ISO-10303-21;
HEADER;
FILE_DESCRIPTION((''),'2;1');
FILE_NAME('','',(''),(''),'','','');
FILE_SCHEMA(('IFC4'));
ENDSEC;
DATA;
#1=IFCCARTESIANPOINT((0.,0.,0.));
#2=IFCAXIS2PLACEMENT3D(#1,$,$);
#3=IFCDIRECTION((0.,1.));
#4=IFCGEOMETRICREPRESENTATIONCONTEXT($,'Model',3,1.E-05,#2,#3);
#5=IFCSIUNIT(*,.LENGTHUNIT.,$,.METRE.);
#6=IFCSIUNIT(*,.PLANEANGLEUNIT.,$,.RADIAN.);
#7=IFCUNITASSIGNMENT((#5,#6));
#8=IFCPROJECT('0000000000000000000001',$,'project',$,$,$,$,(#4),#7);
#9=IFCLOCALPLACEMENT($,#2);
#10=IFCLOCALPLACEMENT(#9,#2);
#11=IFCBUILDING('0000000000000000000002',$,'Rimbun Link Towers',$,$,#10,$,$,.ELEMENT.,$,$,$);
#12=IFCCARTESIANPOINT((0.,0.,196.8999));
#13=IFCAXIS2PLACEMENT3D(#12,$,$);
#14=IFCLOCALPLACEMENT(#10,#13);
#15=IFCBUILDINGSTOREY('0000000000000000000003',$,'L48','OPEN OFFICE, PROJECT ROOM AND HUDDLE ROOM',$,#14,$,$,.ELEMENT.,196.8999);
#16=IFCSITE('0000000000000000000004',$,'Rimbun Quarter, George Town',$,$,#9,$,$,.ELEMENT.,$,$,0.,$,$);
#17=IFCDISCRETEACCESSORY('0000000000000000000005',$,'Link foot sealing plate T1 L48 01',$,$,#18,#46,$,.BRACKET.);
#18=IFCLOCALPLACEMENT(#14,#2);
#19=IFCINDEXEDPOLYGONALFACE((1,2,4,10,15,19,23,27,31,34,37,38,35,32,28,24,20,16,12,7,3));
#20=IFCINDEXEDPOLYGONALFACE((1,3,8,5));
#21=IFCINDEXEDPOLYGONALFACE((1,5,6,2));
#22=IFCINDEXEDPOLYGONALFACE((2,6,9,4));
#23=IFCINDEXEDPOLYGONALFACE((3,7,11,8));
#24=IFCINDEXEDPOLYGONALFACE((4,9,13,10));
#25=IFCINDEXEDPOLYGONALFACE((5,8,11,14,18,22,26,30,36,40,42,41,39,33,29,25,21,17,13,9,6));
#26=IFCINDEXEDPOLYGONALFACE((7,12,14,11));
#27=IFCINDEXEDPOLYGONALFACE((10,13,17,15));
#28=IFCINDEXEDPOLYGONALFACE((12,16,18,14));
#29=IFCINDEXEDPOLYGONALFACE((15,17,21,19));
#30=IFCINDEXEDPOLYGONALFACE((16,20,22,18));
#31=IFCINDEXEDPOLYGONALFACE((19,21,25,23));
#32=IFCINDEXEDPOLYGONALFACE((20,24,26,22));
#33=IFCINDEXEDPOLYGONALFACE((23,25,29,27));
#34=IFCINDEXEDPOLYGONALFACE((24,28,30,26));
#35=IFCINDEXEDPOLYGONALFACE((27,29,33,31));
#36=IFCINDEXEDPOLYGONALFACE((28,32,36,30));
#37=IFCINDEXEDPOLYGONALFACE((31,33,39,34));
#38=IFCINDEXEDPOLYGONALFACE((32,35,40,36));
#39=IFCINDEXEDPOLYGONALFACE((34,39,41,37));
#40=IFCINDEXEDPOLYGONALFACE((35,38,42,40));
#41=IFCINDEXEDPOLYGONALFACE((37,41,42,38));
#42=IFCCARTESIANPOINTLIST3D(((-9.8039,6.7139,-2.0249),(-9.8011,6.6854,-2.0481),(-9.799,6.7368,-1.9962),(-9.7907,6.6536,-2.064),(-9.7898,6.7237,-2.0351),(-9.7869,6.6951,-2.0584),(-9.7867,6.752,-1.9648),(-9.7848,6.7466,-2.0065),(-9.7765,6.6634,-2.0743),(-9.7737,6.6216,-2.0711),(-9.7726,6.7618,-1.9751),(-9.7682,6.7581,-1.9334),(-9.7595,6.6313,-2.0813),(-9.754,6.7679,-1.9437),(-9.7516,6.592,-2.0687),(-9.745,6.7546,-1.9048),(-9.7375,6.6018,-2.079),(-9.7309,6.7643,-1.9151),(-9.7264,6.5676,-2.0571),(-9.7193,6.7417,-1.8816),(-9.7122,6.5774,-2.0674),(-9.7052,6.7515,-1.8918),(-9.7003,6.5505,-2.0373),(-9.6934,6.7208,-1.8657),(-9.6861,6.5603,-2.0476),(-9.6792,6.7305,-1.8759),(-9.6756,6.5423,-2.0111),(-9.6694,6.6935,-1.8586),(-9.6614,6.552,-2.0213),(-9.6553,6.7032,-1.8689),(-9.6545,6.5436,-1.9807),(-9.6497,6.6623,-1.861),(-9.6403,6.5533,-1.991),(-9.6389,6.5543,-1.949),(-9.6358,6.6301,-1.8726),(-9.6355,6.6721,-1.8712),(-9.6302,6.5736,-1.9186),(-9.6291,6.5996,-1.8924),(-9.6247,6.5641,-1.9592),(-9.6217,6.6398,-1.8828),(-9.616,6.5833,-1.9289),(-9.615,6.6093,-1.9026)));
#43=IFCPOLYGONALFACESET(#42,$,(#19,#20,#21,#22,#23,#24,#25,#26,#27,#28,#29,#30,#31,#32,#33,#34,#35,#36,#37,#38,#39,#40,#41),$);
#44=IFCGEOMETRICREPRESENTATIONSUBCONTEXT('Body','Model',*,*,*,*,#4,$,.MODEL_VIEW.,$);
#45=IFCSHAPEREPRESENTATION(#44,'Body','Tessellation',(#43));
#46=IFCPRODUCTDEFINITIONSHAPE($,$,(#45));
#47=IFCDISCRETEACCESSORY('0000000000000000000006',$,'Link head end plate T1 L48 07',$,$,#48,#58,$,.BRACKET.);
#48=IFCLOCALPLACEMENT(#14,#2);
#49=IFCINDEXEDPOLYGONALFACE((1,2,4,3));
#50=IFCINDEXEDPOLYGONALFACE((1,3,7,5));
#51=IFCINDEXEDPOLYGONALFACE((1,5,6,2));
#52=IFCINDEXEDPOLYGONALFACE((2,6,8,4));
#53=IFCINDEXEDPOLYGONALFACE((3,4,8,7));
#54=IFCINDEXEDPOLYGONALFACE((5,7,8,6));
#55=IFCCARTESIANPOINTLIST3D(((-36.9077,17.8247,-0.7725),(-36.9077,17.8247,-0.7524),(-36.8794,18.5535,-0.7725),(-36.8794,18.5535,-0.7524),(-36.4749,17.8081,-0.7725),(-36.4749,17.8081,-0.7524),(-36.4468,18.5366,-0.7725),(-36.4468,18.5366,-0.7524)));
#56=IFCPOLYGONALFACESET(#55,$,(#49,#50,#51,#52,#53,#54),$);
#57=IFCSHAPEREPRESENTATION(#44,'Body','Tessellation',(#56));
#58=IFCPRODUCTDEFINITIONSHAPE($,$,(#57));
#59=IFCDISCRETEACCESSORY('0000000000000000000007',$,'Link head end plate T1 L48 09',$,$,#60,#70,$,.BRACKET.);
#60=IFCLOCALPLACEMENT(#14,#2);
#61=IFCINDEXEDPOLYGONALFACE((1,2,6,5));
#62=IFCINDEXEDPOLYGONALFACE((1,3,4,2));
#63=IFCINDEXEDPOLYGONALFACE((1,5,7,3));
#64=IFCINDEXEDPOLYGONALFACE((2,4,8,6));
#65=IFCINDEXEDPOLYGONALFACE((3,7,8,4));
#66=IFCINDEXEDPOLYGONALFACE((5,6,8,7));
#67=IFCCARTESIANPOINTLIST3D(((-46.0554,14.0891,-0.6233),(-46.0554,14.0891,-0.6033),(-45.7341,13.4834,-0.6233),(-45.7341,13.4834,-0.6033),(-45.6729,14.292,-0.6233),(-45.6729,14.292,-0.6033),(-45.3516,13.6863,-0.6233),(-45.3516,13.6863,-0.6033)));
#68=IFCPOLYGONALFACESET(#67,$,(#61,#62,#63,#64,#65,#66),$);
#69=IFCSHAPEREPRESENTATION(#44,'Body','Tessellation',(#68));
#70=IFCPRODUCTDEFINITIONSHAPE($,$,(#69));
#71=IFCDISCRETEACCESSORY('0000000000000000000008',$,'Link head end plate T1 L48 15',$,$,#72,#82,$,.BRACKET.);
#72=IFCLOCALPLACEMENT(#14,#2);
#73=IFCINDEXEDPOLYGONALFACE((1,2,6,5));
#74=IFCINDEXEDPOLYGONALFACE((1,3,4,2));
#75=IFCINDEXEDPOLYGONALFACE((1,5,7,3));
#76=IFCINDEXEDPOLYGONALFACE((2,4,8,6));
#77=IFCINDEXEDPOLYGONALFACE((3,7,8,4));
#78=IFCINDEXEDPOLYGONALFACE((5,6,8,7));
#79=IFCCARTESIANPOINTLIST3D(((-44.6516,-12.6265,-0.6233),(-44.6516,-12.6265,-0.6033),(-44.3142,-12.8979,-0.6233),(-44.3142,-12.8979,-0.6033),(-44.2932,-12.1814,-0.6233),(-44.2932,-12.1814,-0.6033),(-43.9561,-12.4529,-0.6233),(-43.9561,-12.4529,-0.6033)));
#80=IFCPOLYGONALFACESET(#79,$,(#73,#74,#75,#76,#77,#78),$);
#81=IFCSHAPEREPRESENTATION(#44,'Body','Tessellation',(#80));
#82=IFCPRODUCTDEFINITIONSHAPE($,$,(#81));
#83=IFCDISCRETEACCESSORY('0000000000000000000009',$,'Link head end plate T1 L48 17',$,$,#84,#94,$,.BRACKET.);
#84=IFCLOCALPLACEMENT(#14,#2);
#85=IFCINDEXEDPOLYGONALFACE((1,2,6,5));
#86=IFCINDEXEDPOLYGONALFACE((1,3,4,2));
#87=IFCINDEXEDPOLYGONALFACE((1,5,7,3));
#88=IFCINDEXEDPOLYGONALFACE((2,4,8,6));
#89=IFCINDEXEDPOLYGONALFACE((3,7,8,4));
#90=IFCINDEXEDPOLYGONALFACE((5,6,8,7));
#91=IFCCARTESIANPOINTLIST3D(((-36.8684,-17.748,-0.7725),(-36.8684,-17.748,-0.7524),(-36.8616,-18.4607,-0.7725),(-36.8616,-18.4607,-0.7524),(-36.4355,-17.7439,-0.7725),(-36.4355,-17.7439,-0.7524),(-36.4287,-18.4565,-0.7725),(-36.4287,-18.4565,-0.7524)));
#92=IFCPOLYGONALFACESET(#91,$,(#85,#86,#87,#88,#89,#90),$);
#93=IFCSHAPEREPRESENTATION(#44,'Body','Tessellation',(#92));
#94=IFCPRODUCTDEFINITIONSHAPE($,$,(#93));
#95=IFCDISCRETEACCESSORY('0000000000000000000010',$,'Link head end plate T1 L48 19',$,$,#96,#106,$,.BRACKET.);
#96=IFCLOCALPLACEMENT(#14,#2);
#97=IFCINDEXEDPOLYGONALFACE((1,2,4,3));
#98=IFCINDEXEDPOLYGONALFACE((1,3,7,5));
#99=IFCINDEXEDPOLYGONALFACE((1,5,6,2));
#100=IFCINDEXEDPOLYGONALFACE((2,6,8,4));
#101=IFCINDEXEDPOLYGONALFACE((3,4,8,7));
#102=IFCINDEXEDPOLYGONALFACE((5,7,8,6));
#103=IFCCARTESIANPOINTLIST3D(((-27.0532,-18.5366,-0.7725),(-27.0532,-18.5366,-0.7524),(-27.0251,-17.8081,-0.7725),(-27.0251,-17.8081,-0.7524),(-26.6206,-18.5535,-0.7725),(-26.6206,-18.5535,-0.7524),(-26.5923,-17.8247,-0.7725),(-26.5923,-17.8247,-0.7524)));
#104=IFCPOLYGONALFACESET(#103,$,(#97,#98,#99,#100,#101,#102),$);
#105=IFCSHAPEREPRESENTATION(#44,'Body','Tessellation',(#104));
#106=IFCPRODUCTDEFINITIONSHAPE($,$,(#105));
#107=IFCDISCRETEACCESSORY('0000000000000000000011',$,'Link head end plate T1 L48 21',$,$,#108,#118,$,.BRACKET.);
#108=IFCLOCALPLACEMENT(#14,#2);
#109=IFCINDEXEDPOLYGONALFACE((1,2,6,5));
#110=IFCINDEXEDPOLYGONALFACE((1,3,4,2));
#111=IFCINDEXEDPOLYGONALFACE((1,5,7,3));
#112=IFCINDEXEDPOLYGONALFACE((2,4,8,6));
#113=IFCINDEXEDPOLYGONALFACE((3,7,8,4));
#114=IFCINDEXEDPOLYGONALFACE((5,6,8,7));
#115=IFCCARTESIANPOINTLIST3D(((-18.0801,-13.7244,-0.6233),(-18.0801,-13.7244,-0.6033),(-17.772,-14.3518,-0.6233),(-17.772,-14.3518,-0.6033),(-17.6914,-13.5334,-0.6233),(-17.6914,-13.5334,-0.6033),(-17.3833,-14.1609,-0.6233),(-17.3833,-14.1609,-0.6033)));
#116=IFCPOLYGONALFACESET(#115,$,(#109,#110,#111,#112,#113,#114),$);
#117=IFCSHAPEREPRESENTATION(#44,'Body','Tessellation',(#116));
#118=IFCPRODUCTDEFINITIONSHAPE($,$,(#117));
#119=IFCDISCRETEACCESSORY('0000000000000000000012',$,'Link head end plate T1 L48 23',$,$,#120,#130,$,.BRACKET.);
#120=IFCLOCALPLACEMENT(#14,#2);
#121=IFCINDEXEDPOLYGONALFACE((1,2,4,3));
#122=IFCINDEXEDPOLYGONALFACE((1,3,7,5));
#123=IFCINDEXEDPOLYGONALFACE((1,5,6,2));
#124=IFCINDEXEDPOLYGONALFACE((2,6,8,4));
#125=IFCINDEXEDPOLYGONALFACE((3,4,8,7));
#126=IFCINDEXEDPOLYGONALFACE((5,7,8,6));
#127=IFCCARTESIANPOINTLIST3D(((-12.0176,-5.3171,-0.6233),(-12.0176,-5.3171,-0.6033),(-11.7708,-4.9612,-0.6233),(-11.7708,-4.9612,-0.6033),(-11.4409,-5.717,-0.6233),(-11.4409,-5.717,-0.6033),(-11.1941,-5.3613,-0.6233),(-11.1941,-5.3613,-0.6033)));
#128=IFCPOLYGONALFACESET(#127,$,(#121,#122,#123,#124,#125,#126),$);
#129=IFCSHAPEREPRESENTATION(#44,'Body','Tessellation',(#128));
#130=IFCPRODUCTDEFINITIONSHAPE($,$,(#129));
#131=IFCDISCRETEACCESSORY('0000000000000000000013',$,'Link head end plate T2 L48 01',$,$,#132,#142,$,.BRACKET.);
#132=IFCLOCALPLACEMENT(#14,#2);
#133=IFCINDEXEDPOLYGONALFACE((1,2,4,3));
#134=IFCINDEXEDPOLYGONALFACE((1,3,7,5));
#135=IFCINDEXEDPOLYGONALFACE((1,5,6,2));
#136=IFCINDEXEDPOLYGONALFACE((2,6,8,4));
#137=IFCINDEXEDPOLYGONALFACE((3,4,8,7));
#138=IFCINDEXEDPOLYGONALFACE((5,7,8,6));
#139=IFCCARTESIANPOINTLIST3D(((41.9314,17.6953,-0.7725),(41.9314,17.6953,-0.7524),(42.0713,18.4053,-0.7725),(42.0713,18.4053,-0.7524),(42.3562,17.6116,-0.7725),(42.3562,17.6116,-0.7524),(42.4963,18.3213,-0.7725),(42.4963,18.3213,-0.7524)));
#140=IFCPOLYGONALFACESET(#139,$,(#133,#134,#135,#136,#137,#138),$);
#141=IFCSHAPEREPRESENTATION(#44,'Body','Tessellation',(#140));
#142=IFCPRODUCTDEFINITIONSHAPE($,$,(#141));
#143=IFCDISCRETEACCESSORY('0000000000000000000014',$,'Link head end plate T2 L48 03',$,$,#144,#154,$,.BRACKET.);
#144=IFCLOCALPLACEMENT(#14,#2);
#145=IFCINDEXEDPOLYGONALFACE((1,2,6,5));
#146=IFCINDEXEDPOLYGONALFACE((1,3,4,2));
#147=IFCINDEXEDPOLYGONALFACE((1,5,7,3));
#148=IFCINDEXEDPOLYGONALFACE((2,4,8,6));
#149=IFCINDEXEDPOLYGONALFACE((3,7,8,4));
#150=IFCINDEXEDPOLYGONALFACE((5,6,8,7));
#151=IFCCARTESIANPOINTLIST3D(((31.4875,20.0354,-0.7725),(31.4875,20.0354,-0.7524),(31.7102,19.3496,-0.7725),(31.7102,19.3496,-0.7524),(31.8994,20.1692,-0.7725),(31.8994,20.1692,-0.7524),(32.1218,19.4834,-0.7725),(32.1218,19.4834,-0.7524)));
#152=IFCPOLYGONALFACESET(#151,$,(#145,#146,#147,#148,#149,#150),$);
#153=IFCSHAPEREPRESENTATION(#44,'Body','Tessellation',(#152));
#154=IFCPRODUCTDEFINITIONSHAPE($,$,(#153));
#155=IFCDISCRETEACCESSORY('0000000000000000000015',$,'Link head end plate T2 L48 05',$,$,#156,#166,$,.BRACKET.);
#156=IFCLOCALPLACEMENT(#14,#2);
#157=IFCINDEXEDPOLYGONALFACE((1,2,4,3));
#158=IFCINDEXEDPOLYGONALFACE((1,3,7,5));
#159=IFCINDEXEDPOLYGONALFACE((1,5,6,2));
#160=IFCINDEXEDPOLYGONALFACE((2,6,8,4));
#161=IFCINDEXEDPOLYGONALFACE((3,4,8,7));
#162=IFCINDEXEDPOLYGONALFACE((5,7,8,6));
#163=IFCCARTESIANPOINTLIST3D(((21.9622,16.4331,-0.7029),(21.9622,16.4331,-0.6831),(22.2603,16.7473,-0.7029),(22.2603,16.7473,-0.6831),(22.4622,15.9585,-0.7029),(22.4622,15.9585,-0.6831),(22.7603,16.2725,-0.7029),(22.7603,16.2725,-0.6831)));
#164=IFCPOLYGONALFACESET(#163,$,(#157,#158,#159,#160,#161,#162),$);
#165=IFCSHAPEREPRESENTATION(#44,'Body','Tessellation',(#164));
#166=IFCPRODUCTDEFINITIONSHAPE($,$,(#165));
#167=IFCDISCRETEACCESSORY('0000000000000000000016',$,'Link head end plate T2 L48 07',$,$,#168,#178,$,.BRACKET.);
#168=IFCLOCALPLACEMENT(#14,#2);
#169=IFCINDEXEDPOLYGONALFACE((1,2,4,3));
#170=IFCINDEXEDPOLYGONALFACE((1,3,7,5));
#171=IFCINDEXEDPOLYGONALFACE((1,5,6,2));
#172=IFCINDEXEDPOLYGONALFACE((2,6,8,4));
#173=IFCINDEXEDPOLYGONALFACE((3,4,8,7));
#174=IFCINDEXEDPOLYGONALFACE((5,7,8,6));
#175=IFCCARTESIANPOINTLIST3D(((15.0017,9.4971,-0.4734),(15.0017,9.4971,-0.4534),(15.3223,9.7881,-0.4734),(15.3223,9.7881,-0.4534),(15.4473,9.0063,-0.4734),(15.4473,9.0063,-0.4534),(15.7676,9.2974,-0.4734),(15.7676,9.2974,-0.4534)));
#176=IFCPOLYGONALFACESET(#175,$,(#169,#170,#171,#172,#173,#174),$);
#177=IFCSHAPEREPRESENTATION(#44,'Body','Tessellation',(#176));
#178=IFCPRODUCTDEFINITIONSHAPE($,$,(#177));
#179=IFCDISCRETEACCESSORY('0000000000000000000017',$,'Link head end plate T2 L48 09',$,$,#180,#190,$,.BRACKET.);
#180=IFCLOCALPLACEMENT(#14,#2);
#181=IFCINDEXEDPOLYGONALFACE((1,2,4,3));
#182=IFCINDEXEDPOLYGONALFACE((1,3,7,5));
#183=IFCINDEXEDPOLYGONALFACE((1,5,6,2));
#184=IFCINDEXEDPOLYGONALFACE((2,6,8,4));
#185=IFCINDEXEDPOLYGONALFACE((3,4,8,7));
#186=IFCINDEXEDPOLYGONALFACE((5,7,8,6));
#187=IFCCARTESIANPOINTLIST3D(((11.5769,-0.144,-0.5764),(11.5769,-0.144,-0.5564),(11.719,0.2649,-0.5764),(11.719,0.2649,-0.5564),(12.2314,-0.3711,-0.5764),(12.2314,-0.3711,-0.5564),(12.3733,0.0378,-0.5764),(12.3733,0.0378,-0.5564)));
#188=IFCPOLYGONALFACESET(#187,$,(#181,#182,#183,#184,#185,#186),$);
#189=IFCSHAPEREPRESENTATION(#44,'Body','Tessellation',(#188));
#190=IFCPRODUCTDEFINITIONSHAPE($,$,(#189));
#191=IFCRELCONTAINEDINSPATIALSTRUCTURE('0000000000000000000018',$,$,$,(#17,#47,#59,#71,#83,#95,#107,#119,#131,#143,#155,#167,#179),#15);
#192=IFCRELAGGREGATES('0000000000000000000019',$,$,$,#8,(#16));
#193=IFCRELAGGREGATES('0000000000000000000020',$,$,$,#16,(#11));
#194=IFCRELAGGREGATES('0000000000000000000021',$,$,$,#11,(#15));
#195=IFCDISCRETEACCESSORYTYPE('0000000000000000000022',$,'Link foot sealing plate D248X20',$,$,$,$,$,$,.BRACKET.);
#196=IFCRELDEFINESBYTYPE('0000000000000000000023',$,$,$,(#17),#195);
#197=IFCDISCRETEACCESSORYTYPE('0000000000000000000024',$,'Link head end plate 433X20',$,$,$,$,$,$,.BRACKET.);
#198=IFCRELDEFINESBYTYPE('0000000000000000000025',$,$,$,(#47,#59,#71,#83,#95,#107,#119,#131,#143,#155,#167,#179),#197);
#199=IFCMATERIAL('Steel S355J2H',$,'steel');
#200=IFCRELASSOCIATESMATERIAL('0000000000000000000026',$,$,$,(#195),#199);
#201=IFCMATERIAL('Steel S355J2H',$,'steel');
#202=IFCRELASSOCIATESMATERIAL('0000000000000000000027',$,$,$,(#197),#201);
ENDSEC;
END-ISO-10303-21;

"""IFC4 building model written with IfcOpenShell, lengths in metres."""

from ifc_helpers import new_model, si_unit, direction, frame, origin, origin_2d, place, context, subcontext, project, spatial, polyline, rectangle, circle, outline, extrude, material, material_profile, profile_set, type_object, element, save


model = new_model("IFC4")

# Units and contexts
model_context = context("Model", 3, precision=1e-05, world=origin(), true_north=direction((0.0, 1.0)))
body_context = subcontext(model_context, "Body", "Model", "MODEL_VIEW")
ifc_project = project(units=[si_unit("LENGTHUNIT", "METRE"), si_unit("PLANEANGLEUNIT", "RADIAN")], contexts=[model_context])

# Site, building, storey
site_placement = place(None, origin())
site = spatial("IfcSite", under=ifc_project, at=site_placement, Name="Rimbun Quarter, George Town", CompositionType="ELEMENT", RefElevation=0.0)
building_placement = place(site_placement, origin())
building = spatial("IfcBuilding", under=site, at=building_placement, Name="Rimbun Link Towers", CompositionType="ELEMENT")
storey_placement = place(building_placement, frame((0.0, 0.0, 196.8999)))
storey = spatial("IfcBuildingStorey", under=building, at=storey_placement, Name="L48", Description="OPEN OFFICE, PROJECT ROOM AND HUDDLE ROOM", CompositionType="ELEMENT", Elevation=196.8999)

# Discrete accessories
ifc_material_1 = material(Name="Steel S355J2H", Category="steel")
ifc_material_profile_1 = material_profile(ifc_material_1, circle(Radius=0.124, at=origin_2d()), Name="PL D248")
ifc_profile_set_1 = profile_set([ifc_material_profile_1], Name="Steel S355J2H")
discrete_accessory_type_1 = type_object("IfcDiscreteAccessoryType", Name="Link foot sealing plate D248X20", PredefinedType="BRACKET", material=ifc_profile_set_1)
discrete_accessory_1_placement = place(storey_placement, frame((-9.7163, 6.6499, -1.9648), z_axis=(0.707107, 0.48766, -0.512043), x_axis=(-0.567733, 0.823213, 0.0)))
element("IfcDiscreteAccessory", 1, at=discrete_accessory_1_placement, inside=storey, type_object=discrete_accessory_type_1, Name="Link foot sealing plate T1 L48 01", PredefinedType="BRACKET", context=body_context, shape_type="SweptSolid", body=[
    extrude(circle(Radius=0.124, at=origin_2d()), origin(), (0.0, 0.0, 1.0), 0.02),
])
ifc_material_2 = material(Name="Steel S355J2H", Category="steel")
ifc_material_profile_2 = material_profile(ifc_material_2, rectangle(XDim=0.4331, YDim=0.4331, at=origin_2d()), Name="PL 433x433")
ifc_profile_set_2 = profile_set([ifc_material_profile_2], Name="Steel S355J2H")
discrete_accessory_type_2 = type_object("IfcDiscreteAccessoryType", Name="Link head end plate 433X20", PredefinedType="BRACKET", material=ifc_profile_set_2)
discrete_accessory_2_placement = place(storey_placement, frame((0.0, 0.0, -0.7725)))
element("IfcDiscreteAccessory", 2, at=discrete_accessory_2_placement, inside=storey, type_object=discrete_accessory_type_2, Name="Link head end plate T1 L48 07", PredefinedType="BRACKET", context=body_context, shape_type="SweptSolid", body=[
    extrude(outline(polyline([(-36.4749, 17.8081), (-36.4468, 18.5366), (-36.8794, 18.5535), (-36.9077, 17.8247), (-36.4749, 17.8081)])), origin(), (0.0, 0.0, 1.0), 0.02),
])
discrete_accessory_3_placement = place(storey_placement, frame((0.0, 0.0, -0.6233)))
element("IfcDiscreteAccessory", 3, at=discrete_accessory_3_placement, inside=storey, type_object=discrete_accessory_type_2, Name="Link head end plate T1 L48 09", PredefinedType="BRACKET", context=body_context, shape_type="SweptSolid", body=[
    extrude(outline(polyline([(-45.3516, 13.6863), (-45.6729, 14.292), (-46.0554, 14.0891), (-45.7341, 13.4834), (-45.3516, 13.6863)])), origin(), (0.0, 0.0, 1.0), 0.02),
])
discrete_accessory_4_placement = place(storey_placement, frame((0.0, 0.0, -0.6233)))
element("IfcDiscreteAccessory", 4, at=discrete_accessory_4_placement, inside=storey, type_object=discrete_accessory_type_2, Name="Link head end plate T1 L48 15", PredefinedType="BRACKET", context=body_context, shape_type="SweptSolid", body=[
    extrude(outline(polyline([(-44.2932, -12.1814), (-44.6516, -12.6265), (-44.3142, -12.8979), (-43.9561, -12.4529), (-44.2932, -12.1814)])), origin(), (0.0, 0.0, 1.0), 0.02),
])
discrete_accessory_5_placement = place(storey_placement, frame((0.0, 0.0, -0.7725)))
element("IfcDiscreteAccessory", 5, at=discrete_accessory_5_placement, inside=storey, type_object=discrete_accessory_type_2, Name="Link head end plate T1 L48 17", PredefinedType="BRACKET", context=body_context, shape_type="SweptSolid", body=[
    extrude(outline(polyline([(-36.8684, -17.748), (-36.8616, -18.4607), (-36.4287, -18.4565), (-36.4355, -17.7439), (-36.8684, -17.748)])), origin(), (0.0, 0.0, 1.0), 0.02),
])
discrete_accessory_6_placement = place(storey_placement, frame((0.0, 0.0, -0.7725)))
element("IfcDiscreteAccessory", 6, at=discrete_accessory_6_placement, inside=storey, type_object=discrete_accessory_type_2, Name="Link head end plate T1 L48 19", PredefinedType="BRACKET", context=body_context, shape_type="SweptSolid", body=[
    extrude(outline(polyline([(-27.0251, -17.8081), (-27.0532, -18.5366), (-26.6206, -18.5535), (-26.5923, -17.8247), (-27.0251, -17.8081)])), origin(), (0.0, 0.0, 1.0), 0.02),
])
discrete_accessory_7_placement = place(storey_placement, frame((0.0, 0.0, -0.6233)))
element("IfcDiscreteAccessory", 7, at=discrete_accessory_7_placement, inside=storey, type_object=discrete_accessory_type_2, Name="Link head end plate T1 L48 21", PredefinedType="BRACKET", context=body_context, shape_type="SweptSolid", body=[
    extrude(outline(polyline([(-18.0801, -13.7244), (-17.772, -14.3518), (-17.3833, -14.1609), (-17.6914, -13.5334), (-18.0801, -13.7244)])), origin(), (0.0, 0.0, 1.0), 0.02),
])
discrete_accessory_8_placement = place(storey_placement, frame((0.0, 0.0, -0.6233)))
element("IfcDiscreteAccessory", 8, at=discrete_accessory_8_placement, inside=storey, type_object=discrete_accessory_type_2, Name="Link head end plate T1 L48 23", PredefinedType="BRACKET", context=body_context, shape_type="SweptSolid", body=[
    extrude(outline(polyline([(-12.0176, -5.3171), (-11.4409, -5.717), (-11.1941, -5.3613), (-11.7708, -4.9612), (-12.0176, -5.3171)])), origin(), (0.0, 0.0, 1.0), 0.02),
])
discrete_accessory_9_placement = place(storey_placement, frame((0.0, 0.0, -0.7725)))
element("IfcDiscreteAccessory", 9, at=discrete_accessory_9_placement, inside=storey, type_object=discrete_accessory_type_2, Name="Link head end plate T2 L48 01", PredefinedType="BRACKET", context=body_context, shape_type="SweptSolid", body=[
    extrude(outline(polyline([(42.3562, 17.6116), (42.4963, 18.3213), (42.0713, 18.4053), (41.9314, 17.6953), (42.3562, 17.6116)])), origin(), (0.0, 0.0, 1.0), 0.02),
])
discrete_accessory_10_placement = place(storey_placement, frame((0.0, 0.0, -0.7725)))
element("IfcDiscreteAccessory", 10, at=discrete_accessory_10_placement, inside=storey, type_object=discrete_accessory_type_2, Name="Link head end plate T2 L48 03", PredefinedType="BRACKET", context=body_context, shape_type="SweptSolid", body=[
    extrude(outline(polyline([(32.1218, 19.4834), (31.8994, 20.1692), (31.4875, 20.0354), (31.7102, 19.3496), (32.1218, 19.4834)])), origin(), (0.0, 0.0, 1.0), 0.02),
])
discrete_accessory_11_placement = place(storey_placement, frame((0.0, 0.0, -0.7029)))
element("IfcDiscreteAccessory", 11, at=discrete_accessory_11_placement, inside=storey, type_object=discrete_accessory_type_2, Name="Link head end plate T2 L48 05", PredefinedType="BRACKET", context=body_context, shape_type="SweptSolid", body=[
    extrude(outline(polyline([(22.7603, 16.2725), (22.2603, 16.7473), (21.9622, 16.4331), (22.4622, 15.9585), (22.7603, 16.2725)])), origin(), (0.0, 0.0, 1.0), 0.0198),
])
discrete_accessory_12_placement = place(storey_placement, frame((0.0, 0.0, -0.4734)))
element("IfcDiscreteAccessory", 12, at=discrete_accessory_12_placement, inside=storey, type_object=discrete_accessory_type_2, Name="Link head end plate T2 L48 07", PredefinedType="BRACKET", context=body_context, shape_type="SweptSolid", body=[
    extrude(outline(polyline([(15.7676, 9.2974), (15.3223, 9.7881), (15.0017, 9.4971), (15.4473, 9.0063), (15.7676, 9.2974)])), origin(), (0.0, 0.0, 1.0), 0.02),
])
discrete_accessory_13_placement = place(storey_placement, frame((0.0, 0.0, -0.5764)))
element("IfcDiscreteAccessory", 13, at=discrete_accessory_13_placement, inside=storey, type_object=discrete_accessory_type_2, Name="Link head end plate T2 L48 09", PredefinedType="BRACKET", context=body_context, shape_type="SweptSolid", body=[
    extrude(outline(polyline([(12.3733, 0.0378), (11.719, 0.2649), (11.5769, -0.144), (12.2314, -0.3711), (12.3733, 0.0378)])), origin(), (0.0, 0.0, 1.0), 0.02),
])

save(model, "model.ifc")
